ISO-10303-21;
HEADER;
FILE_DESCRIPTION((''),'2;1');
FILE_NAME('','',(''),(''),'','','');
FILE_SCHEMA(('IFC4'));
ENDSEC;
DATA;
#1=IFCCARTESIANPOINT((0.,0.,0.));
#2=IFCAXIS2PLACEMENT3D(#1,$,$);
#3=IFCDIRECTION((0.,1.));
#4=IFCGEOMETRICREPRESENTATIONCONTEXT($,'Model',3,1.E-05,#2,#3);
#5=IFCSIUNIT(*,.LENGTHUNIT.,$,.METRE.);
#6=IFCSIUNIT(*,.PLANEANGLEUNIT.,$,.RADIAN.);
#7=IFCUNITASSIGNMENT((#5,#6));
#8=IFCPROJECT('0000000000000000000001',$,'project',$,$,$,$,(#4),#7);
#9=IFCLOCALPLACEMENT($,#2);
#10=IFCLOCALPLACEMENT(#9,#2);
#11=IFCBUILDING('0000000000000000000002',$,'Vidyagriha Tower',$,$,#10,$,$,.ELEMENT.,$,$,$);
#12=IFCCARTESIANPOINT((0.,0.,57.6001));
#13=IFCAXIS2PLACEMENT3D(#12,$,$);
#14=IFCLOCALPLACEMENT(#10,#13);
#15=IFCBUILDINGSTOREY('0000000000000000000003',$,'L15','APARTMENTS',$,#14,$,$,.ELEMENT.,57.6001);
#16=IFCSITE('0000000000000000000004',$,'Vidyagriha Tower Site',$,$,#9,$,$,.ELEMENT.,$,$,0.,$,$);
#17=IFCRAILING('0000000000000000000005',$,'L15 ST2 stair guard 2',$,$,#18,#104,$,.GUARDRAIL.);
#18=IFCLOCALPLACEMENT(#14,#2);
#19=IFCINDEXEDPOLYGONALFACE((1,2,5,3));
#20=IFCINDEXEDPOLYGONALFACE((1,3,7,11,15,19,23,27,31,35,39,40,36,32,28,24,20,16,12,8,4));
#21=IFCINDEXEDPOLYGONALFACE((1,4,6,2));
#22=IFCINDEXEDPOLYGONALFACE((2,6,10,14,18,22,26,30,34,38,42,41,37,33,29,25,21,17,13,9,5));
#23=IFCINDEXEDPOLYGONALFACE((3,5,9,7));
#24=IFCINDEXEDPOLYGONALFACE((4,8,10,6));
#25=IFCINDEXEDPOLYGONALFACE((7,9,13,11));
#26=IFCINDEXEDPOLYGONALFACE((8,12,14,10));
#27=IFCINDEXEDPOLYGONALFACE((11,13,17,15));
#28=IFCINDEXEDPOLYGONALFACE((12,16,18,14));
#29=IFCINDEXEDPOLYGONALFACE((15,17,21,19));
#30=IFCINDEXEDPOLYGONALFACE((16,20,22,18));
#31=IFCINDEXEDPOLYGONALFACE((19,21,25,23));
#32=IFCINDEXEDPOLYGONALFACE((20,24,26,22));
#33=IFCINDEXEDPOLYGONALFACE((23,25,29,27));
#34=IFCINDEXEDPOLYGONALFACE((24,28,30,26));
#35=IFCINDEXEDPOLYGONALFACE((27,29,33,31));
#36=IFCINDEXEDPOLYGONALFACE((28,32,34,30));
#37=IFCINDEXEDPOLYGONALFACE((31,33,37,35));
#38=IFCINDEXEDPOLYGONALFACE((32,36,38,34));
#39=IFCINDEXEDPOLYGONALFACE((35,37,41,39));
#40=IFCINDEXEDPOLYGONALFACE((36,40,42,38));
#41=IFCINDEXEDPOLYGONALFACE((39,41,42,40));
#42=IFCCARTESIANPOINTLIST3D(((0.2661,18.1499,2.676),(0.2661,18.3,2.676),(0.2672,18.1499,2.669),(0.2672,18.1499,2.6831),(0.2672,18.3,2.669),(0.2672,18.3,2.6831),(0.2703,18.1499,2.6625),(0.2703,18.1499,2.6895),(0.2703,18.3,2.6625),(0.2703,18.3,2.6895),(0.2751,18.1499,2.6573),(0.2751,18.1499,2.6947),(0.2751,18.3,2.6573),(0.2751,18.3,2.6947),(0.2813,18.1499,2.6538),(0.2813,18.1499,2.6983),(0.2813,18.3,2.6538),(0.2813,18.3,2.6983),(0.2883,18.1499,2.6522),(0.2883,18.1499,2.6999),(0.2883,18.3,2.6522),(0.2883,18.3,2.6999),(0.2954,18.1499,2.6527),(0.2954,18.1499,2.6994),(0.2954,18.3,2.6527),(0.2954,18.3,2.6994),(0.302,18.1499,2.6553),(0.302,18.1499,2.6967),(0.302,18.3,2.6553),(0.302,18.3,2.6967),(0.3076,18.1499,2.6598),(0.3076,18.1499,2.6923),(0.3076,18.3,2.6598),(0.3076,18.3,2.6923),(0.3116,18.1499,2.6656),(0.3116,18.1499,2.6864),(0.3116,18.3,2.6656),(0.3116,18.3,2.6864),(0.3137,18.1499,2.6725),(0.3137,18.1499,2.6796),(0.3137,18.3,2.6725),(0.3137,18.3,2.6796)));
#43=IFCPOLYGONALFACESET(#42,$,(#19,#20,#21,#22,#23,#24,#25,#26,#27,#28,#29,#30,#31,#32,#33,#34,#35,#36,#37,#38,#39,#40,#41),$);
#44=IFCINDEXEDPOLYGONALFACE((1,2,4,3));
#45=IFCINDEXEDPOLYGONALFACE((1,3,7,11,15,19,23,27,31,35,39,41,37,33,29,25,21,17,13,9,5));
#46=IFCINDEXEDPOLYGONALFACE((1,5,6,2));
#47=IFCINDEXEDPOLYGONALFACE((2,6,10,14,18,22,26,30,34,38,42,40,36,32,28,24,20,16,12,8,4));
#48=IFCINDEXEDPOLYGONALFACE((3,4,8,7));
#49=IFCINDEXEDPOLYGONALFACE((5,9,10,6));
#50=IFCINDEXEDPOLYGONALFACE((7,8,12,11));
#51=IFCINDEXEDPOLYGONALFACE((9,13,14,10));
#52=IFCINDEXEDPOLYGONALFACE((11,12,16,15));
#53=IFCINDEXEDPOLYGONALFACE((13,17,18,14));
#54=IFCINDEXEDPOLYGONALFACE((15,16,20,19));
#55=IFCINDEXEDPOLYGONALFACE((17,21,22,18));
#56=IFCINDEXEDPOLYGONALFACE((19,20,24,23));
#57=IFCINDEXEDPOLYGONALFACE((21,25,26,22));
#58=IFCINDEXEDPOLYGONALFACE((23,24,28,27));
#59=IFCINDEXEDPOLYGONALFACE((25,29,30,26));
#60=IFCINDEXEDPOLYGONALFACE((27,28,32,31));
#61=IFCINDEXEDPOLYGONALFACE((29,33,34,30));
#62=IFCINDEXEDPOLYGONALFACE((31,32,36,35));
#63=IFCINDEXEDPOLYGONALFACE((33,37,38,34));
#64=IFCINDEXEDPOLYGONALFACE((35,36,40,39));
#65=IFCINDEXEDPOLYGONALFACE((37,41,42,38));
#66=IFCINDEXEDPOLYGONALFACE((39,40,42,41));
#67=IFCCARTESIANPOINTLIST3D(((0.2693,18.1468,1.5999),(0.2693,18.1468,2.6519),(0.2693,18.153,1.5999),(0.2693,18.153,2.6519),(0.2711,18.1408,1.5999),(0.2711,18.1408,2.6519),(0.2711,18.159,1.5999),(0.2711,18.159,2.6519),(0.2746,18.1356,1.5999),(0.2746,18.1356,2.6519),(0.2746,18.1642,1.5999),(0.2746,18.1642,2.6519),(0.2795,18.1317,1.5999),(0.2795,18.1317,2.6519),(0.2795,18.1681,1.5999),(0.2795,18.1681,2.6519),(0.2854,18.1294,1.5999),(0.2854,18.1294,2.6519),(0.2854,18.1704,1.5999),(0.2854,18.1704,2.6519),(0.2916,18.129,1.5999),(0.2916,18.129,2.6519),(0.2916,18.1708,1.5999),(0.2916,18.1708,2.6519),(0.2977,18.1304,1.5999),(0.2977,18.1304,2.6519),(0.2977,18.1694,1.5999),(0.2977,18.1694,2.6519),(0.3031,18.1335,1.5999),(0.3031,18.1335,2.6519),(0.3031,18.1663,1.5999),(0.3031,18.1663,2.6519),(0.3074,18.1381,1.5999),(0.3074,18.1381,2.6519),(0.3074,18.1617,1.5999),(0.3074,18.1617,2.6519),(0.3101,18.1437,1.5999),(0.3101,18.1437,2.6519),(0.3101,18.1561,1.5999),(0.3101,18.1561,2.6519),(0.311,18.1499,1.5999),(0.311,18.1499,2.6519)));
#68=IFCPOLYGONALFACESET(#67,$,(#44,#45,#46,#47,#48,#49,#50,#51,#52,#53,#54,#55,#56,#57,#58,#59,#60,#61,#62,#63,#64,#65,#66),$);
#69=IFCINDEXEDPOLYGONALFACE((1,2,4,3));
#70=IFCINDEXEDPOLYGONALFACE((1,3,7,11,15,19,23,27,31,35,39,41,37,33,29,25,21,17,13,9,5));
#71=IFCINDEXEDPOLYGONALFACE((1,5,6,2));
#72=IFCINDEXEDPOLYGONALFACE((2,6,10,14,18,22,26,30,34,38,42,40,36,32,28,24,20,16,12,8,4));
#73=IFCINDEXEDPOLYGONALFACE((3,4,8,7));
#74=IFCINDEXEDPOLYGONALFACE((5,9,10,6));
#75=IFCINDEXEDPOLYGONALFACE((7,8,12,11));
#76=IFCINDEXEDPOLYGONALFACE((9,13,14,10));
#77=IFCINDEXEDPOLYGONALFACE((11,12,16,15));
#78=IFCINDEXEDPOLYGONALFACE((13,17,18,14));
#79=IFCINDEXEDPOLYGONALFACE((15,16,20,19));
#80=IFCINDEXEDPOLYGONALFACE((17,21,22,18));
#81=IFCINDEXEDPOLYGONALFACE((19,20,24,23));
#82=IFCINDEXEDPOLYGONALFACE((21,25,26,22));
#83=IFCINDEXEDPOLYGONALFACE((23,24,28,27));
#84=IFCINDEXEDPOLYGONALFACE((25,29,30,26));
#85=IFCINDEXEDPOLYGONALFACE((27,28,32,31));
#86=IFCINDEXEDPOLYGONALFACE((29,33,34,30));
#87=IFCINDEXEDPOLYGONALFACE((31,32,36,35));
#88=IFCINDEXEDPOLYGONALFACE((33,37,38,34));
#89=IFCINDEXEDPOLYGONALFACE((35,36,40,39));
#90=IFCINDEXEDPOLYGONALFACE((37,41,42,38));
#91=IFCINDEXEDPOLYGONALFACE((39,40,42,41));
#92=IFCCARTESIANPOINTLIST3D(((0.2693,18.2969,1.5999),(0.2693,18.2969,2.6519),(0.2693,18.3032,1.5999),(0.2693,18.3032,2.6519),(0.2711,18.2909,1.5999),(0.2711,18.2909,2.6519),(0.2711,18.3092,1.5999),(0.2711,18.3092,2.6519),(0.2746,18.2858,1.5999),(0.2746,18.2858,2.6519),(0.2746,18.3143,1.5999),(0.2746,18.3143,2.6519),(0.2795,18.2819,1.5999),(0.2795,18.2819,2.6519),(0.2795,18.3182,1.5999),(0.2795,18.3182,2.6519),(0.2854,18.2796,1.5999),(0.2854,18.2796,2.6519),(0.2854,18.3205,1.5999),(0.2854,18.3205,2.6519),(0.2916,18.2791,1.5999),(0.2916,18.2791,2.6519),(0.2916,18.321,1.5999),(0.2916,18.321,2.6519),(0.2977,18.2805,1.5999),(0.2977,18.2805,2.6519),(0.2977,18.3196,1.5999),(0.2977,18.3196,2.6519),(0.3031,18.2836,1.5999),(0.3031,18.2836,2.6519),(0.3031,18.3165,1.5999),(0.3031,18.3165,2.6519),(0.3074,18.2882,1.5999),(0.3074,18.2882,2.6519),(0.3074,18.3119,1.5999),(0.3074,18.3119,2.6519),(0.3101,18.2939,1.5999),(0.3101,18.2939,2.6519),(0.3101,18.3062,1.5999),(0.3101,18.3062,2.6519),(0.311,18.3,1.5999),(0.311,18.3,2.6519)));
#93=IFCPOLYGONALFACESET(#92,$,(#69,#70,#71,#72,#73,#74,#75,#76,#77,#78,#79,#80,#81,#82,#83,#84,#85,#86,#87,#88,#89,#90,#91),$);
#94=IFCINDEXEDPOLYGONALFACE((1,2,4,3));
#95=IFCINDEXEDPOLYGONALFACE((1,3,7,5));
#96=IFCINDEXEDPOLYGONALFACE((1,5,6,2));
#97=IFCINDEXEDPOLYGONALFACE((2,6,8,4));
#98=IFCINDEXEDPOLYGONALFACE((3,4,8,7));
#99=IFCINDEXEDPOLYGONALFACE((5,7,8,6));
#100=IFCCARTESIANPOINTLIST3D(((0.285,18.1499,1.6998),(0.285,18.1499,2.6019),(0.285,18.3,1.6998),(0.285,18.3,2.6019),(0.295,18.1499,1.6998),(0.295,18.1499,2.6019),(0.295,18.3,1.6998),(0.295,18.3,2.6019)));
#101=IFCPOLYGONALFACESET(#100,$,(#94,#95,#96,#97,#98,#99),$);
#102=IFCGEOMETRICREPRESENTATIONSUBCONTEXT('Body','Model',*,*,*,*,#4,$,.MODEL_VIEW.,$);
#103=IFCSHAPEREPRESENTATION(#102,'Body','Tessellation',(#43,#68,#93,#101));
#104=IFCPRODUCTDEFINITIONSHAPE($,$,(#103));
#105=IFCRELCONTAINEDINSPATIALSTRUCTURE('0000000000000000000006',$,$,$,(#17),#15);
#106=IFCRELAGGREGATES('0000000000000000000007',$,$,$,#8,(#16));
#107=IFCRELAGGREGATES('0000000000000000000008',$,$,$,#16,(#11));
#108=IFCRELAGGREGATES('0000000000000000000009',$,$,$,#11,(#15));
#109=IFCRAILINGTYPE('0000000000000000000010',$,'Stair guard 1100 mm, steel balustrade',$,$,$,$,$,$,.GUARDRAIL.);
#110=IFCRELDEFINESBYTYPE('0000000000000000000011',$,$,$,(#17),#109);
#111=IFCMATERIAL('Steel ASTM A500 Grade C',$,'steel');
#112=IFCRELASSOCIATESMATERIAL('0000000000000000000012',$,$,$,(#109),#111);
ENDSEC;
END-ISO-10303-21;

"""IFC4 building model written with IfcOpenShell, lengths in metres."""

from ifc_helpers import new_model, si_unit, direction, frame, origin, origin_2d, place, context, subcontext, project, spatial, rectangle, circle, extrude, material, type_object, element, save


model = new_model("IFC4")

# Units and contexts
model_context = context("Model", 3, precision=1e-05, world=origin(), true_north=direction((0.0, 1.0)))
body_context = subcontext(model_context, "Body", "Model", "MODEL_VIEW")
ifc_project = project(units=[si_unit("LENGTHUNIT", "METRE"), si_unit("PLANEANGLEUNIT", "RADIAN")], contexts=[model_context])

# Site, building, storey
site_placement = place(None, origin())
site = spatial("IfcSite", under=ifc_project, at=site_placement, Name="Vidyagriha Tower Site", CompositionType="ELEMENT", RefElevation=0.0)
building_placement = place(site_placement, origin())
building = spatial("IfcBuilding", under=site, at=building_placement, Name="Vidyagriha Tower", CompositionType="ELEMENT")
storey_placement = place(building_placement, frame((0.0, 0.0, 57.6001)))
storey = spatial("IfcBuildingStorey", under=building, at=storey_placement, Name="L15", Description="APARTMENTS", CompositionType="ELEMENT", Elevation=57.6001)

# Railing
ifc_material_1 = material(Name="Steel ASTM A500 Grade C", Category="steel")
railing_type_1 = type_object("IfcRailingType", Name="Stair guard 1100 mm, steel balustrade", PredefinedType="GUARDRAIL", material=ifc_material_1)
railing_1_placement = place(storey_placement, frame((0.29, 18.1499, 1.5999)))
element("IfcRailing", 1, at=railing_1_placement, inside=storey, type_object=railing_type_1, Name="L15 ST2 stair guard 2", PredefinedType="GUARDRAIL", context=body_context, shape_type="SweptSolid", body=[
    extrude(circle(Radius=0.0239, at=origin_2d()), frame((0.0, 0.0, 1.0762), z_axis=(0.0, 1.0, 0.0), x_axis=(-1.0, 0.0, 0.0)), (0.0, 0.0, 1.0), 0.1501),
    extrude(circle(Radius=0.021, at=origin_2d()), origin(), (0.0, 0.0, 1.0), 1.052),
    extrude(circle(Radius=0.021, at=origin_2d()), frame((0.0, 0.1501, 0.0)), (0.0, 0.0, 1.0), 1.052),
    extrude(rectangle(XDim=0.01, YDim=0.9021, at=origin_2d()), frame((0.0, 0.0, 0.551), z_axis=(0.0, 1.0, 0.0), x_axis=(-1.0, 0.0, 0.0)), (0.0, 0.0, 1.0), 0.1501),
])

save(model, "model.ifc")
